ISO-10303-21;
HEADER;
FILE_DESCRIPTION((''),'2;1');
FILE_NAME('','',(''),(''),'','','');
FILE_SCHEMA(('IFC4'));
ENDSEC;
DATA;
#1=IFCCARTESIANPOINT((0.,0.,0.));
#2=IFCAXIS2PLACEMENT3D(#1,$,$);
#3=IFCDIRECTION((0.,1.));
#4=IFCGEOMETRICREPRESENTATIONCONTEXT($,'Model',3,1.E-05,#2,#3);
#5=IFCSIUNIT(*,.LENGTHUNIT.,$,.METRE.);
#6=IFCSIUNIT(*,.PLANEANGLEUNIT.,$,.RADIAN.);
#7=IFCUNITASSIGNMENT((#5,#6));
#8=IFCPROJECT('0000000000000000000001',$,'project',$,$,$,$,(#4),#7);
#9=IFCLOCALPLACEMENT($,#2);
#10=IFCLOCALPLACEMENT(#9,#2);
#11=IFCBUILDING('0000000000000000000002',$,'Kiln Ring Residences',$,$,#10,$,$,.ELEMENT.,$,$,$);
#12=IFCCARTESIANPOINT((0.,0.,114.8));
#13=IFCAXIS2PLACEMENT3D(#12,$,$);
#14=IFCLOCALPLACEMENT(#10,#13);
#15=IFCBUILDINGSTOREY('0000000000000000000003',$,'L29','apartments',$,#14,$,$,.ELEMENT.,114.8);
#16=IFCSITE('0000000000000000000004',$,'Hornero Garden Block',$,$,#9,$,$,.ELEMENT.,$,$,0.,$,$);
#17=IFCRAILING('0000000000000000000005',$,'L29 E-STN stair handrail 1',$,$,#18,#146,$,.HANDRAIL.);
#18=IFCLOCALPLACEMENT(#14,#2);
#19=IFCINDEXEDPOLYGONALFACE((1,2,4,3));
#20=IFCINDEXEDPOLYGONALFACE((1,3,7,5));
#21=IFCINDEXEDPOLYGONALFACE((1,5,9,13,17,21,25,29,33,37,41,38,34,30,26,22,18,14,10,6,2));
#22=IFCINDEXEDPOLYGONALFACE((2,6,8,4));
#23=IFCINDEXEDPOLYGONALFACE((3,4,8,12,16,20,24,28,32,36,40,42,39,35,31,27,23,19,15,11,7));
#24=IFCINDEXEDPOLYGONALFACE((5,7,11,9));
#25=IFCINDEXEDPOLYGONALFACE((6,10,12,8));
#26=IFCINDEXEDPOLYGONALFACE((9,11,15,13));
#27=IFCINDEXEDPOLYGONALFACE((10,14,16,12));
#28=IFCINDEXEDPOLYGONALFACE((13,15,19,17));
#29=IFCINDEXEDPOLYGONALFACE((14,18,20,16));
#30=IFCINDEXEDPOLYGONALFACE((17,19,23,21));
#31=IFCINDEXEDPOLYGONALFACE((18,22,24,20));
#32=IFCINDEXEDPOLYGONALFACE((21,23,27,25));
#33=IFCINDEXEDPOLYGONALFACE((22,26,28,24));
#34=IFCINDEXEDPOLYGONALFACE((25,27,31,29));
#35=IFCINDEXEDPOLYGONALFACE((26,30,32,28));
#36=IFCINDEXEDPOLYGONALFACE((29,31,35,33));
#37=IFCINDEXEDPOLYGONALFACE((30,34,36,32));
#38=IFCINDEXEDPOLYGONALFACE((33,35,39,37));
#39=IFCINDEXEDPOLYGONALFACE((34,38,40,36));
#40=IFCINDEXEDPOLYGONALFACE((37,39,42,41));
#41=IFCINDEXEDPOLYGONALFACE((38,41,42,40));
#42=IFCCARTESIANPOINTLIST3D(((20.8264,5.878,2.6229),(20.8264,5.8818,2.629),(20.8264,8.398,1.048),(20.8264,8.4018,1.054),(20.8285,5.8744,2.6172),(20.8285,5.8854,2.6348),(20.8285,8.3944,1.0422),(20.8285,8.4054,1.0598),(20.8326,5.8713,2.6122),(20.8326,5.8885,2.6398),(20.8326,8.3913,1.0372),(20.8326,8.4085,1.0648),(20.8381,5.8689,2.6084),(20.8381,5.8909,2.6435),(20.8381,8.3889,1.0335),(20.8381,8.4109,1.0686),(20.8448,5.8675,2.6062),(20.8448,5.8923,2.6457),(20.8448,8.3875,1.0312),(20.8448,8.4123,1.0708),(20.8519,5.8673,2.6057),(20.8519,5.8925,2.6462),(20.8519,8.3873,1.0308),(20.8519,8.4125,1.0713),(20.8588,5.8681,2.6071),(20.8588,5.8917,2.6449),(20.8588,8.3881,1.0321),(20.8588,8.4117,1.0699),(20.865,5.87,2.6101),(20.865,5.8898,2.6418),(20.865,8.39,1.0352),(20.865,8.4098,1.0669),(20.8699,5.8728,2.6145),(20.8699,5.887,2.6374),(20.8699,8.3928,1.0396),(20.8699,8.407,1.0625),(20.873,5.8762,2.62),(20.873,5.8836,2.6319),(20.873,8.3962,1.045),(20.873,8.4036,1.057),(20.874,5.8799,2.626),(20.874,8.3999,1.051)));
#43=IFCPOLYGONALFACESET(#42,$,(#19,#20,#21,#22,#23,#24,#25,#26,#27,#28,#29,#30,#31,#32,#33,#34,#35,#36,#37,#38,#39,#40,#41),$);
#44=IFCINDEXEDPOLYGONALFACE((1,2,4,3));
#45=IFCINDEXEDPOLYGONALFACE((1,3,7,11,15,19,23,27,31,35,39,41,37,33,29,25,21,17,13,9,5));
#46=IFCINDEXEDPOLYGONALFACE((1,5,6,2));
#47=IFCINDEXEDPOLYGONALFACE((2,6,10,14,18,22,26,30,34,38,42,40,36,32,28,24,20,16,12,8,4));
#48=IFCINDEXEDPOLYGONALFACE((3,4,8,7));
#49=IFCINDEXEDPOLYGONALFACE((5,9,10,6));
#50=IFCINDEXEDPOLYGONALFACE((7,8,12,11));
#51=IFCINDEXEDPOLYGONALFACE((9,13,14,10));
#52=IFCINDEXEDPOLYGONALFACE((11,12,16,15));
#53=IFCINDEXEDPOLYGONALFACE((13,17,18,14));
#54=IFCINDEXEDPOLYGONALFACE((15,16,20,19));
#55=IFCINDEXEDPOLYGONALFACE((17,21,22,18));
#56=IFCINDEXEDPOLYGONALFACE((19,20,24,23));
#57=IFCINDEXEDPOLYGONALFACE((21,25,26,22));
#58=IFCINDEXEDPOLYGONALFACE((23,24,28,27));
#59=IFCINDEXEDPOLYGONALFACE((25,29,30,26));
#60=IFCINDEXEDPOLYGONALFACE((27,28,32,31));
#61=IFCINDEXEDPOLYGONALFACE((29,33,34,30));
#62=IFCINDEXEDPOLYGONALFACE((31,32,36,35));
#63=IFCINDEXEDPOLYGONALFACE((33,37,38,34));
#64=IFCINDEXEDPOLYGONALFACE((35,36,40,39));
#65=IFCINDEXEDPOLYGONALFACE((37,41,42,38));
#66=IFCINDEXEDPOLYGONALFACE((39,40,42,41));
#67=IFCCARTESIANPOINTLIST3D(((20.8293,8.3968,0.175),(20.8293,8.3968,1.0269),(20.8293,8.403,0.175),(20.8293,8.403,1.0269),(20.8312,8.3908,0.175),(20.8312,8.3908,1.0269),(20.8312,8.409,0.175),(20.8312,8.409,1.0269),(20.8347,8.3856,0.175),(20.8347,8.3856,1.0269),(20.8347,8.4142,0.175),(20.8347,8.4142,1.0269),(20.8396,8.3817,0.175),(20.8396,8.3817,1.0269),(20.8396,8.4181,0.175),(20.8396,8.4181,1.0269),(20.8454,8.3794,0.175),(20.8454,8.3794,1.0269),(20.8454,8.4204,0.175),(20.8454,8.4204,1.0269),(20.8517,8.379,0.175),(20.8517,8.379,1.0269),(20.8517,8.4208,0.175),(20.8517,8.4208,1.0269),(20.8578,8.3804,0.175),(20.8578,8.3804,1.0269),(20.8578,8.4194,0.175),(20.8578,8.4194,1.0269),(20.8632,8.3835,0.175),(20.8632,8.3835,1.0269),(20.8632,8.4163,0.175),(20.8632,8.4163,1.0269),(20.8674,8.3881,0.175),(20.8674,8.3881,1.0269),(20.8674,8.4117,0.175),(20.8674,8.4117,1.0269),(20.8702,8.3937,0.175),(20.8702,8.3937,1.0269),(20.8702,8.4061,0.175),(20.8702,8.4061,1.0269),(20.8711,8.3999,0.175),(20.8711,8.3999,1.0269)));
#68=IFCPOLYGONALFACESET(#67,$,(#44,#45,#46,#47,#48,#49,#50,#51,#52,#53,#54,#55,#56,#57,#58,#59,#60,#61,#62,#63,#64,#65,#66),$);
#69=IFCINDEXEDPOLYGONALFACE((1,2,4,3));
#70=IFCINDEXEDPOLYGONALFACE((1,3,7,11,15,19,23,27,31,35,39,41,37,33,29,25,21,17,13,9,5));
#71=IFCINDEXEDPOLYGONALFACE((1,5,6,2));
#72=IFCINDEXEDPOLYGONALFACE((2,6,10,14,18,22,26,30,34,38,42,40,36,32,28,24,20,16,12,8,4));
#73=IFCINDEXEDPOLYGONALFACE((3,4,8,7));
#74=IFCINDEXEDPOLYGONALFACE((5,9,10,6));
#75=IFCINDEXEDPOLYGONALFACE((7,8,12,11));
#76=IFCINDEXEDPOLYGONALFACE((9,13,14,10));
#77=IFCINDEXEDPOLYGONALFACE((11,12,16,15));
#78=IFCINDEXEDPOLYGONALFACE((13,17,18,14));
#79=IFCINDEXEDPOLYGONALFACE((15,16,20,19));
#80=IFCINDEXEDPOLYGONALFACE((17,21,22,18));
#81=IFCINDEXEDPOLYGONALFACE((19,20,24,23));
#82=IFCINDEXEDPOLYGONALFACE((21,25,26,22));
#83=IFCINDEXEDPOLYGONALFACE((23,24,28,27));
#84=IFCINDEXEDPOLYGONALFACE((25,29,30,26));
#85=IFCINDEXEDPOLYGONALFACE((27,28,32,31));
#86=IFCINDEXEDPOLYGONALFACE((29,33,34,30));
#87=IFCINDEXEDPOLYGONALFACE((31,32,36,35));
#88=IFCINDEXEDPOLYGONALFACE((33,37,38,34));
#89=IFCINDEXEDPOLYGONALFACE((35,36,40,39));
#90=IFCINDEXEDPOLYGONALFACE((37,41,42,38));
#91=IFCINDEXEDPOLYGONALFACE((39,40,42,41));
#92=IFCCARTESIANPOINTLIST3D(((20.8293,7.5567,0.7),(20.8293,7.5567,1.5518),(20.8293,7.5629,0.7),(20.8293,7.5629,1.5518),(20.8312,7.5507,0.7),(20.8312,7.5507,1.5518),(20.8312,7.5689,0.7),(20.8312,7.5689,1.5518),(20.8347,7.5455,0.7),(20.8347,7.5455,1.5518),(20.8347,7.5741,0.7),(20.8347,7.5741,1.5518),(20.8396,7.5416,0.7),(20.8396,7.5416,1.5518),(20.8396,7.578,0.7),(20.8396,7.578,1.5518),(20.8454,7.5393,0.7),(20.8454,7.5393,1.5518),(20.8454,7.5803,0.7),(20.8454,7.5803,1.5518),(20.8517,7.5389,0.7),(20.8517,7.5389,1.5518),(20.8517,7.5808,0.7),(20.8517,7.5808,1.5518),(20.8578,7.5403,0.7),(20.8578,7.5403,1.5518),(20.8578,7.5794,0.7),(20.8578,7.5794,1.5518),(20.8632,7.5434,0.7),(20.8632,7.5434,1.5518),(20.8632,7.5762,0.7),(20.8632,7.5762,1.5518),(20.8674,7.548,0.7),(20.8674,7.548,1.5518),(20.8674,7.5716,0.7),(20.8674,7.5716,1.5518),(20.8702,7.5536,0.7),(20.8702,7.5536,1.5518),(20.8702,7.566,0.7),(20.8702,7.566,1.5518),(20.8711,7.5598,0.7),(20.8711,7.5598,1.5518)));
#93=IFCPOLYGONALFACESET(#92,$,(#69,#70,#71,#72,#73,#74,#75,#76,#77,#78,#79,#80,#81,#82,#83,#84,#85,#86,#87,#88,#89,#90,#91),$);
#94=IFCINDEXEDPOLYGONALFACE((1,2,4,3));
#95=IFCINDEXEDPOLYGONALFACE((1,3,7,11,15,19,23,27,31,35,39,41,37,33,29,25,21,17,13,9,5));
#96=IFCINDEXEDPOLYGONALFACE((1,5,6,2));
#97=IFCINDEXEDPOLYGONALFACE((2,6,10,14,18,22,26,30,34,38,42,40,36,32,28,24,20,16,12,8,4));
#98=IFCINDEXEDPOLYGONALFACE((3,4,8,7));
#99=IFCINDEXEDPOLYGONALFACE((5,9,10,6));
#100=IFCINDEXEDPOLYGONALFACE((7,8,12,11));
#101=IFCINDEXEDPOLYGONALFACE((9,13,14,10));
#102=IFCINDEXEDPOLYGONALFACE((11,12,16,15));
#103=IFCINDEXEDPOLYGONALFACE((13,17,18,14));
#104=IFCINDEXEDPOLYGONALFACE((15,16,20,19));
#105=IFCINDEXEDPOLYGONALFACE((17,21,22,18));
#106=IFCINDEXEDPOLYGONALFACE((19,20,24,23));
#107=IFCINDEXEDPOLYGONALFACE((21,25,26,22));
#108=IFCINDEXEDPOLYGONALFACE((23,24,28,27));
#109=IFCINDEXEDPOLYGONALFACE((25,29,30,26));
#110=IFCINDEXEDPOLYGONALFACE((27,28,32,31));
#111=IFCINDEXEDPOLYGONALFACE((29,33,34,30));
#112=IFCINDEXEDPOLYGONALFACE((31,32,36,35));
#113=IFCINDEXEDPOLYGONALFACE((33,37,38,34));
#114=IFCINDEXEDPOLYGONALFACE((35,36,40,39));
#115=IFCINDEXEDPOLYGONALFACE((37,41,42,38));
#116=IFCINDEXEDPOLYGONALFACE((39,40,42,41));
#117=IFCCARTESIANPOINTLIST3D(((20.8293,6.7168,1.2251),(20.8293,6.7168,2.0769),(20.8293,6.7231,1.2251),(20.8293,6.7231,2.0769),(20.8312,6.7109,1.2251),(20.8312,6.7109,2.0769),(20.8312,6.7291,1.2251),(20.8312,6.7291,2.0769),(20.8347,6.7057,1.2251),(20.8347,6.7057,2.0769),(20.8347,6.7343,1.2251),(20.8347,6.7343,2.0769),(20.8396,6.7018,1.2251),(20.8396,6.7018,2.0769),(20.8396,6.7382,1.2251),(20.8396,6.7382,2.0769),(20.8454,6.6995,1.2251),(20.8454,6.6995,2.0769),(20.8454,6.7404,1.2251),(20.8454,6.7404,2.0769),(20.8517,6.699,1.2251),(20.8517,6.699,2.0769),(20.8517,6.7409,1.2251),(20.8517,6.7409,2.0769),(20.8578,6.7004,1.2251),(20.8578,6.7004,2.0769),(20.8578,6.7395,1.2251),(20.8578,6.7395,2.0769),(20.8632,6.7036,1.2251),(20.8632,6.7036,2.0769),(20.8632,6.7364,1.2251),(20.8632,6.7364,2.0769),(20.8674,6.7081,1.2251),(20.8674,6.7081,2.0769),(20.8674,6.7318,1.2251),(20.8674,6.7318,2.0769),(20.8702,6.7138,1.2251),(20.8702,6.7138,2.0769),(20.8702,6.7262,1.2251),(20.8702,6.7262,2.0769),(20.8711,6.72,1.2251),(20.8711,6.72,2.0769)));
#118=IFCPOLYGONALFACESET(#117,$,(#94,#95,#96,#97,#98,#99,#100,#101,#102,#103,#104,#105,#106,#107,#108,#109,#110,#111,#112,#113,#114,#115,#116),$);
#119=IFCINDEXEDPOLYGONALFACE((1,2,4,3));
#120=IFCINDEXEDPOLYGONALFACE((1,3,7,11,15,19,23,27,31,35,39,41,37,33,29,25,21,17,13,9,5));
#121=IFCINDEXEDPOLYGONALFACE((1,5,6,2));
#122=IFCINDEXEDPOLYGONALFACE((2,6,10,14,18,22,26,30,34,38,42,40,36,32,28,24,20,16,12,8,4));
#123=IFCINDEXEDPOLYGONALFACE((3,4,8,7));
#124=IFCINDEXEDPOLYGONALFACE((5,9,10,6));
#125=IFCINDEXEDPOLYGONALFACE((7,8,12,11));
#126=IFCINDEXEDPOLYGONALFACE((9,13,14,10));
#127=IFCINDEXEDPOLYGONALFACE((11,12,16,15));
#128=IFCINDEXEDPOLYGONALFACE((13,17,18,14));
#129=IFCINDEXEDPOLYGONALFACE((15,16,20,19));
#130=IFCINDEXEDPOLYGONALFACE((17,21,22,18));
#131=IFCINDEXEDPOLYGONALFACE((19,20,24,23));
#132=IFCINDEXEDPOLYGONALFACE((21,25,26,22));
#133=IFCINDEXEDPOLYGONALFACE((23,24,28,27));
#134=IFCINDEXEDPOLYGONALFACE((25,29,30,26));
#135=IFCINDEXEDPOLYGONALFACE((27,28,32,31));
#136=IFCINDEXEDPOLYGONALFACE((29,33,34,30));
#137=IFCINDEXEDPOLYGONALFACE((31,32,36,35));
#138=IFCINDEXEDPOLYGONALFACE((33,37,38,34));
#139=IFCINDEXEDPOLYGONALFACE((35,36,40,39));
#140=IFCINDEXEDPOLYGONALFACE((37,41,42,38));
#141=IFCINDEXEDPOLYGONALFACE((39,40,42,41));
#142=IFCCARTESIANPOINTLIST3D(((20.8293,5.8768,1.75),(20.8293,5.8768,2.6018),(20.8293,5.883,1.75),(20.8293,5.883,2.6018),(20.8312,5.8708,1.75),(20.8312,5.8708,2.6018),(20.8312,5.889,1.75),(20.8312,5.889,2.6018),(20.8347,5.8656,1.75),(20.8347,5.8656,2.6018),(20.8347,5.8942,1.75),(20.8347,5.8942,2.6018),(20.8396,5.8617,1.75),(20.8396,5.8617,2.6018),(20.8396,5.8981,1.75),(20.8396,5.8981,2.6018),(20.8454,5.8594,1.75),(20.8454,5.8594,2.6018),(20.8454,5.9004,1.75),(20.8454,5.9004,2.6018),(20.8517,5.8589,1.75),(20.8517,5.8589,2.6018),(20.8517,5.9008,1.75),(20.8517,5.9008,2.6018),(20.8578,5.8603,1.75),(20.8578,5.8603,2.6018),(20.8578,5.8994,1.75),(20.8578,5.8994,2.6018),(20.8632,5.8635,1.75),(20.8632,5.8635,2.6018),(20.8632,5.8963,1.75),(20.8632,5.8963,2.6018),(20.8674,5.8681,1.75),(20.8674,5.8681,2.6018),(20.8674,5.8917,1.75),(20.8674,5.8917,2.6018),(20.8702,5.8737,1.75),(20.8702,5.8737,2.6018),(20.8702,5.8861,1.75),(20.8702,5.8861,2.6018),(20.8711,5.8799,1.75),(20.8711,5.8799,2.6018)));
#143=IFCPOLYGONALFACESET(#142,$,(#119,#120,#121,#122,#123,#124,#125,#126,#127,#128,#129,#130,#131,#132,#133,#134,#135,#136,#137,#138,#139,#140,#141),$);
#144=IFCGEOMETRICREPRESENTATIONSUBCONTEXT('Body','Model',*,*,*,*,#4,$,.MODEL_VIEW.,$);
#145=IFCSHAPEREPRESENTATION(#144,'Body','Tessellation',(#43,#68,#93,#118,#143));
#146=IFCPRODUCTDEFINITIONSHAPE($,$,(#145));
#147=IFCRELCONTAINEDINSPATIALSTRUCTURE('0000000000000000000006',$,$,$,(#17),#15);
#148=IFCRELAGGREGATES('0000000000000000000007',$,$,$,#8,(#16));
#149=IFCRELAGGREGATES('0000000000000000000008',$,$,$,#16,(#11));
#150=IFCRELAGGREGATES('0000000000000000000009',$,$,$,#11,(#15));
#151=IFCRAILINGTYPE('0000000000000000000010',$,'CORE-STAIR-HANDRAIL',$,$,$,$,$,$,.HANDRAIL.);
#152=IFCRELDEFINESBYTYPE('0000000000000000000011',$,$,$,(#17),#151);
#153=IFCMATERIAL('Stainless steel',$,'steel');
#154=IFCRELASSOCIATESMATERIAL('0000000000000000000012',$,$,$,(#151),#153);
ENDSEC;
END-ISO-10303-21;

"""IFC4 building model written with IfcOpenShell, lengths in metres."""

from ifc_helpers import new_model, si_unit, direction, frame, origin, origin_2d, place, context, subcontext, project, spatial, circle, extrude, material, type_object, element, save


model = new_model("IFC4")

# Units and contexts
model_context = context("Model", 3, precision=1e-05, world=origin(), true_north=direction((0.0, 1.0)))
body_context = subcontext(model_context, "Body", "Model", "MODEL_VIEW")
ifc_project = project(units=[si_unit("LENGTHUNIT", "METRE"), si_unit("PLANEANGLEUNIT", "RADIAN")], contexts=[model_context])

# Site, building, storey
site_placement = place(None, origin())
site = spatial("IfcSite", under=ifc_project, at=site_placement, Name="Hornero Garden Block", CompositionType="ELEMENT", RefElevation=0.0)
building_placement = place(site_placement, origin())
building = spatial("IfcBuilding", under=site, at=building_placement, Name="Kiln Ring Residences", CompositionType="ELEMENT")
storey_placement = place(building_placement, frame((0.0, 0.0, 114.8)))
storey = spatial("IfcBuildingStorey", under=building, at=storey_placement, Name="L29", Description="apartments", CompositionType="ELEMENT", Elevation=114.8)

# Railing
ifc_material_1 = material(Name="Stainless steel", Category="steel")
railing_type_1 = type_object("IfcRailingType", Name="CORE-STAIR-HANDRAIL", PredefinedType="HANDRAIL", material=ifc_material_1)
railing_1_placement = place(storey_placement, frame((20.8501, 8.3999, 0.175)))
element("IfcRailing", 1, at=railing_1_placement, inside=storey, type_object=railing_type_1, Name="L29 E-STN stair handrail 1", PredefinedType="HANDRAIL", context=body_context, shape_type="SweptSolid", body=[
    extrude(circle(Radius=0.0239, at=origin_2d()), frame((0.0, 0.0, 0.876), z_axis=(0.0, -0.848008, 0.529984), x_axis=(1.0, 0.0, 0.0)), (0.0, 0.0, 1.0), 2.9717),
    extrude(circle(Radius=0.021, at=origin_2d()), origin(), (0.0, 0.0, 1.0), 0.8518),
    extrude(circle(Radius=0.021, at=origin_2d()), frame((0.0, -0.8401, 0.5249)), (0.0, 0.0, 1.0), 0.8518),
    extrude(circle(Radius=0.021, at=origin_2d()), frame((0.0, -1.6799, 1.05)), (0.0, 0.0, 1.0), 0.8518),
    extrude(circle(Radius=0.021, at=origin_2d()), frame((0.0, -2.52, 1.575)), (0.0, 0.0, 1.0), 0.8518),
])

save(model, "model.ifc")
